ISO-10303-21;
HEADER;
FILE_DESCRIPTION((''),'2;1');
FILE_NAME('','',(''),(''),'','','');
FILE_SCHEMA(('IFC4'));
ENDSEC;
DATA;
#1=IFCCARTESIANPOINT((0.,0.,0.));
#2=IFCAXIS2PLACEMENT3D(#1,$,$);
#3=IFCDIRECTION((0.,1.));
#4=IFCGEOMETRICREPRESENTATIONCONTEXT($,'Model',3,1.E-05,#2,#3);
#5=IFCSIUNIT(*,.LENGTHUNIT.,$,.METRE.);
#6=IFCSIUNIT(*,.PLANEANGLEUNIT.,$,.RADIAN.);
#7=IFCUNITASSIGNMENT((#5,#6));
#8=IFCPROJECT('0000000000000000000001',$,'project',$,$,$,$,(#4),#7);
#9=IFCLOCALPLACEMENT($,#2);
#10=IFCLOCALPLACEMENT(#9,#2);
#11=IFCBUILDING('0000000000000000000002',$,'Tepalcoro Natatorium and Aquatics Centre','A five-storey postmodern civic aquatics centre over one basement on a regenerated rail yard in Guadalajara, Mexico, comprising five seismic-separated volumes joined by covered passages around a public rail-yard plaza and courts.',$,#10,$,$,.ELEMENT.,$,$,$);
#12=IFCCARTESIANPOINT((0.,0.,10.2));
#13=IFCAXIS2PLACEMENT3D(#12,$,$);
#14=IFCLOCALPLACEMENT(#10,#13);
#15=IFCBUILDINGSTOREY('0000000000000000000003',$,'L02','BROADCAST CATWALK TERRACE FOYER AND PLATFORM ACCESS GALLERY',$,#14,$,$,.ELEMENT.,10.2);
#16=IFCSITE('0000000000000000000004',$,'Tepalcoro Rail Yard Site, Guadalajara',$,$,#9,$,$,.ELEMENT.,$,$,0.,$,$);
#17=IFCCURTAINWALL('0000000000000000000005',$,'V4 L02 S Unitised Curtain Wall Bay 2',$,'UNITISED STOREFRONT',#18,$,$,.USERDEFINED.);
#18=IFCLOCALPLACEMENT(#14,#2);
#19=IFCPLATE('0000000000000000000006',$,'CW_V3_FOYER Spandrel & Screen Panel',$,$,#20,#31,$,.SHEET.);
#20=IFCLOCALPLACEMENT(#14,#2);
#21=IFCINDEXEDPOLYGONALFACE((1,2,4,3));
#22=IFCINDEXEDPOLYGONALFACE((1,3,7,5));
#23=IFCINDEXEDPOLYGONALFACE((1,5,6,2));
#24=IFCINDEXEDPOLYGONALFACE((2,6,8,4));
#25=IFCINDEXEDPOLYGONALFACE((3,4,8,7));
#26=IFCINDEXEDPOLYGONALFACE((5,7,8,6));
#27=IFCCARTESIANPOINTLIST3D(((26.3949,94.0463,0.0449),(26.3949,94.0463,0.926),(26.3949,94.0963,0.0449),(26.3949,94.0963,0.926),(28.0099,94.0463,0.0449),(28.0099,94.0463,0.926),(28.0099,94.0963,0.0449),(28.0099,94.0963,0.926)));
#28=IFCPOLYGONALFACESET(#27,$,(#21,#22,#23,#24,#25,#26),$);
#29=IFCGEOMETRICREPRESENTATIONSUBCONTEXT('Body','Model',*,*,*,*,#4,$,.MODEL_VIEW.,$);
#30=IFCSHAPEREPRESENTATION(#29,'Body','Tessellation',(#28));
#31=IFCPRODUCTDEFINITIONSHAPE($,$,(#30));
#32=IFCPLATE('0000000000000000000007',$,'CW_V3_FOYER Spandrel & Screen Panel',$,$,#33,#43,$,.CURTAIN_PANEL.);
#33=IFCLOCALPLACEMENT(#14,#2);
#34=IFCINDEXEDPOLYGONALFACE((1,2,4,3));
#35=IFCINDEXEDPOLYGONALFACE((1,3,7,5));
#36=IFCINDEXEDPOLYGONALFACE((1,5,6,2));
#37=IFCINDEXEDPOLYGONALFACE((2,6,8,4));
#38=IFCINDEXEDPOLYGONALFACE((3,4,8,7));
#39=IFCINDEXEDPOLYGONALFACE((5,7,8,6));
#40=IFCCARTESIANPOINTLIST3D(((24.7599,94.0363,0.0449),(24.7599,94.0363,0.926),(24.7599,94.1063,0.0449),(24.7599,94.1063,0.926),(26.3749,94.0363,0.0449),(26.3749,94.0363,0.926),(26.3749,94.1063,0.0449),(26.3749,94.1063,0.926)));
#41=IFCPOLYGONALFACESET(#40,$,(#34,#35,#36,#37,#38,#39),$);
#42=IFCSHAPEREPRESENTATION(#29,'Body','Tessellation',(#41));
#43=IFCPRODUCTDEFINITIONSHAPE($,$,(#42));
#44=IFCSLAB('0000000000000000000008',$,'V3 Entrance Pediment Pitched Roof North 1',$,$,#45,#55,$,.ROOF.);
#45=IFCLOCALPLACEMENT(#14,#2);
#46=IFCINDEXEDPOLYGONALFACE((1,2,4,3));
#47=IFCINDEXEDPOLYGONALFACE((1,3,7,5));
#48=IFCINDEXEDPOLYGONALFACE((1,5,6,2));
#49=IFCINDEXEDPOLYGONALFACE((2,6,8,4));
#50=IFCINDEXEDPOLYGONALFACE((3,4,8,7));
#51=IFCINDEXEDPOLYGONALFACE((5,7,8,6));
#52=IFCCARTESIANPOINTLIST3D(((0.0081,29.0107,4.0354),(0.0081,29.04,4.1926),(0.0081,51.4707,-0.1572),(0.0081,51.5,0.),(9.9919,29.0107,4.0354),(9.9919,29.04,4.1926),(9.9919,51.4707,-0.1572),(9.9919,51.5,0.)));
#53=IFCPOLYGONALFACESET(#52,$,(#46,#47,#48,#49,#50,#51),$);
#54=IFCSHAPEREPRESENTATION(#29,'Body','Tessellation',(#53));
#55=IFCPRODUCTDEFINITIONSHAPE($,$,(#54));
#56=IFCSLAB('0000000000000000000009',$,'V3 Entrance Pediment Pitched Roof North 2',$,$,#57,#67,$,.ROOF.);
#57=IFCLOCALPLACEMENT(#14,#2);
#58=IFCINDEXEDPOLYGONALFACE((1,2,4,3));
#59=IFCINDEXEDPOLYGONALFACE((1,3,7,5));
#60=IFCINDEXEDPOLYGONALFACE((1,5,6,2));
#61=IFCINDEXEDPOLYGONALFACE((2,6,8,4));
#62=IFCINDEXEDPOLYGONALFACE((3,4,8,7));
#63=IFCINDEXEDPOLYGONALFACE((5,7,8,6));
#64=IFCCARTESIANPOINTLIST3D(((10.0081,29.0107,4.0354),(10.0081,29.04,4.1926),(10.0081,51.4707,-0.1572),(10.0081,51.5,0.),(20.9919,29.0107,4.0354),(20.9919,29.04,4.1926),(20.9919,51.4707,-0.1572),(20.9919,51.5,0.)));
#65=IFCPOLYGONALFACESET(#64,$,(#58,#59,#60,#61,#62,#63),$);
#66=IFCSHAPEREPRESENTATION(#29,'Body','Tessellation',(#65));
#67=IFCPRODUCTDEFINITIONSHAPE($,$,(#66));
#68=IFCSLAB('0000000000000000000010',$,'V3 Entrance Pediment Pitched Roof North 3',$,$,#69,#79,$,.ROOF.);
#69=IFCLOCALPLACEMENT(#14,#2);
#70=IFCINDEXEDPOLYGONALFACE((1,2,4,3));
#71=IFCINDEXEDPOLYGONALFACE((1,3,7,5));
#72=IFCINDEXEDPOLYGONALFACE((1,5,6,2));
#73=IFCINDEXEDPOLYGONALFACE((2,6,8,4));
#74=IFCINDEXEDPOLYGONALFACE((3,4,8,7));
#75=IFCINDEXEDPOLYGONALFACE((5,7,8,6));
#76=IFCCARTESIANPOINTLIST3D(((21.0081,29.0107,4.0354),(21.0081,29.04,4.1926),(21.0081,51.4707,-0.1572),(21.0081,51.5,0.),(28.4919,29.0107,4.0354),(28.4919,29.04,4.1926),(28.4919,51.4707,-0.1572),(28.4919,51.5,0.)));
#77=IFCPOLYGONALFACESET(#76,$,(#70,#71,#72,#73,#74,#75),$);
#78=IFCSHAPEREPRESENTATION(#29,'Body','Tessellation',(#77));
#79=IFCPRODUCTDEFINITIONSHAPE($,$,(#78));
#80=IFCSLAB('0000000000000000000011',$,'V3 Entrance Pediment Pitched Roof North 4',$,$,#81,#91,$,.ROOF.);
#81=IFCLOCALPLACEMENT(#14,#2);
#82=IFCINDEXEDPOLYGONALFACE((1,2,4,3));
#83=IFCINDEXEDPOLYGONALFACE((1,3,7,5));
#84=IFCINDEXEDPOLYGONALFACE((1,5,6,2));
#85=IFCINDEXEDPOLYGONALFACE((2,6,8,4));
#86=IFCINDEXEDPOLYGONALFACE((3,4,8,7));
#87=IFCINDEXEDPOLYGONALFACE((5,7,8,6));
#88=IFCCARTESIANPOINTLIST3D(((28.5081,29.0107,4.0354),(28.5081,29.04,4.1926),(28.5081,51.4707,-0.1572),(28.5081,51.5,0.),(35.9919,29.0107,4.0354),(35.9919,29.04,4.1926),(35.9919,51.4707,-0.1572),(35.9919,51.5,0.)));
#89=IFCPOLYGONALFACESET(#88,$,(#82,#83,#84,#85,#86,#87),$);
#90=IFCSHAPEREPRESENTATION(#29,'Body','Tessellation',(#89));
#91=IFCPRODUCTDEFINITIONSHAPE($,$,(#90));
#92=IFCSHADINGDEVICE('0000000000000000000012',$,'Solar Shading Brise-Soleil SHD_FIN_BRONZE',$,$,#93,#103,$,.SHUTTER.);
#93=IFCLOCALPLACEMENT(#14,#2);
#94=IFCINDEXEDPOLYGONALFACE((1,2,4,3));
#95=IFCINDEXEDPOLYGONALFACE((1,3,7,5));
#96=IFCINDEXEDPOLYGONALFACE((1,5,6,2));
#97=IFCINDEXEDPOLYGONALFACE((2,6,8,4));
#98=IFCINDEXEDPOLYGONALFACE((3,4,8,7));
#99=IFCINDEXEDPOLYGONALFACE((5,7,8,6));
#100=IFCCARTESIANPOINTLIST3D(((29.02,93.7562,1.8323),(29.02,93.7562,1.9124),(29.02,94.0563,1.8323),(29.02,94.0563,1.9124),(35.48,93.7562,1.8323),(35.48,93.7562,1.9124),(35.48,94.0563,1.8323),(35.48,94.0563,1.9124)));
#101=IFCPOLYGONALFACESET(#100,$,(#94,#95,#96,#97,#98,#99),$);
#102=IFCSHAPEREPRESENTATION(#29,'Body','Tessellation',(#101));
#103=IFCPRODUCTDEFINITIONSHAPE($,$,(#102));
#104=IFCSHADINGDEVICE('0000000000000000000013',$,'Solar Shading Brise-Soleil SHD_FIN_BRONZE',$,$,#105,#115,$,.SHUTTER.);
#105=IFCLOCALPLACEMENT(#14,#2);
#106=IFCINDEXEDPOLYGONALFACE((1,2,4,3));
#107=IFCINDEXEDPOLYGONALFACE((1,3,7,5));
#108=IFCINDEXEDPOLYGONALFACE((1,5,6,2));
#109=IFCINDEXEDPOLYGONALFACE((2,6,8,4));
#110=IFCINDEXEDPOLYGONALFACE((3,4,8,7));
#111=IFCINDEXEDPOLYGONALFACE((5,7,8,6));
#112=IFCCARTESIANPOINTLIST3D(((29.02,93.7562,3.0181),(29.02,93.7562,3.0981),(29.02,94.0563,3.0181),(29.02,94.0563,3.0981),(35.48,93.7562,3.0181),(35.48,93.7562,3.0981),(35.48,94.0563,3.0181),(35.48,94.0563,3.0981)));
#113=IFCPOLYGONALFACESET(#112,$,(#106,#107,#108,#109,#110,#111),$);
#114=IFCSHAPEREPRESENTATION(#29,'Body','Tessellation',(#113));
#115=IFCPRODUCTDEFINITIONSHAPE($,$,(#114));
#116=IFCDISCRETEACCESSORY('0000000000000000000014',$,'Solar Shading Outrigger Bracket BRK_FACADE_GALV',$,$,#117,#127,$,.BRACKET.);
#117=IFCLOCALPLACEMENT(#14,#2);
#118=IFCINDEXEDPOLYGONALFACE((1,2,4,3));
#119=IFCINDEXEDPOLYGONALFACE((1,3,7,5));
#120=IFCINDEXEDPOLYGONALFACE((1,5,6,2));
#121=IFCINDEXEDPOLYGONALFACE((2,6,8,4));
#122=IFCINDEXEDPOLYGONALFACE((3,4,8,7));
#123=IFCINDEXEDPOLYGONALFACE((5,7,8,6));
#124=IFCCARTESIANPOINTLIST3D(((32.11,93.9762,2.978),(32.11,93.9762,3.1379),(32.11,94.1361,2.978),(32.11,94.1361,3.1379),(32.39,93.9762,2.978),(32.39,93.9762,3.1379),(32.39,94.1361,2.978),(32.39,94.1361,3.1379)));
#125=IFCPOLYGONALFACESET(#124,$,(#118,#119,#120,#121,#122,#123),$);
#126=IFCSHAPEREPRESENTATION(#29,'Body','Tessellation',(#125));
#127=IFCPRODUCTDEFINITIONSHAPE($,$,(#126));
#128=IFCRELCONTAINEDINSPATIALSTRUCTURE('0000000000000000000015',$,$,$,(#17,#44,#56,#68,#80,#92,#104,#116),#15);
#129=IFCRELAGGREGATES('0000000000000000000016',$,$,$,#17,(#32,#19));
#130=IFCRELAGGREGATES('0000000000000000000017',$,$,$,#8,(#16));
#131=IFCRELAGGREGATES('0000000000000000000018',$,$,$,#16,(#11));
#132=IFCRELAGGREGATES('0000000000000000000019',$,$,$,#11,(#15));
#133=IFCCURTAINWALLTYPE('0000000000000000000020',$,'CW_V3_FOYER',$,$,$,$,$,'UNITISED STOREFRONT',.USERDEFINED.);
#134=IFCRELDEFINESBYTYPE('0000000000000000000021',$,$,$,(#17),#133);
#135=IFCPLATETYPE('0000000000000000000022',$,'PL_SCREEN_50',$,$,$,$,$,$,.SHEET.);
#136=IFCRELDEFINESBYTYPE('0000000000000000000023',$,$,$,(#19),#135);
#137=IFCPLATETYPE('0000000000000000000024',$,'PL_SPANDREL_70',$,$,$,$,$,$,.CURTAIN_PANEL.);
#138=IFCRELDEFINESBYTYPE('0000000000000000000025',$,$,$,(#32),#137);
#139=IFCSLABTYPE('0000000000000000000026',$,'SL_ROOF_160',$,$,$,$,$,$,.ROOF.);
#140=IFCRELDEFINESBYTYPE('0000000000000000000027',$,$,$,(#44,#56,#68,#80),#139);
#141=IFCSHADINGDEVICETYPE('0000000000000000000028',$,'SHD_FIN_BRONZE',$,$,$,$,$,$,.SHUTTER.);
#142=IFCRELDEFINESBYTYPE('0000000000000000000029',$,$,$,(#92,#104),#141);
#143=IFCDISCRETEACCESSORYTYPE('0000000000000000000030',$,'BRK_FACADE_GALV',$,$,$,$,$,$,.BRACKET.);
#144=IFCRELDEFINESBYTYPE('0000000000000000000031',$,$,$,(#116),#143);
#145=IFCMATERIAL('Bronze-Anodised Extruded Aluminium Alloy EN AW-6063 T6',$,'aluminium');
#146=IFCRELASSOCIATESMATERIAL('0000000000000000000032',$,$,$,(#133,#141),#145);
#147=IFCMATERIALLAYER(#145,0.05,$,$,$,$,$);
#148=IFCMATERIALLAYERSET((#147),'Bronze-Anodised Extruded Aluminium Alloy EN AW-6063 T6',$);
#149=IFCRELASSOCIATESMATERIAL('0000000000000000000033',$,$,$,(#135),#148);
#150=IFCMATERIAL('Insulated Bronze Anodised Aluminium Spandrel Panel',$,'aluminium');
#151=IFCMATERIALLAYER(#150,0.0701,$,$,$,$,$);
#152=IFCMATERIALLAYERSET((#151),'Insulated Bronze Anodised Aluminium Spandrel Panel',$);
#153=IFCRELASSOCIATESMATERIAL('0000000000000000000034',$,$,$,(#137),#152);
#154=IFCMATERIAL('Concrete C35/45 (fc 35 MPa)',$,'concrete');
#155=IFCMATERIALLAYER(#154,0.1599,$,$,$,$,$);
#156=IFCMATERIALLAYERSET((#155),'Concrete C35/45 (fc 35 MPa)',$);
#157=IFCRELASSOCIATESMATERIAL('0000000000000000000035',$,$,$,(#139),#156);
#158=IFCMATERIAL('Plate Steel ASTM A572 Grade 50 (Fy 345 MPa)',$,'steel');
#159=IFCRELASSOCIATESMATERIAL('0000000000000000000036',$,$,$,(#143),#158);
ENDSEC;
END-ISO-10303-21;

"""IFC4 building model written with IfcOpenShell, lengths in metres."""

from ifc_helpers import new_model, si_unit, direction, frame, origin, origin_2d, place, context, subcontext, project, spatial, polyline, rectangle, outline, extrude, material, layer, layer_set, type_object, element, aggregate, save


model = new_model("IFC4")

# Units and contexts
model_context = context("Model", 3, precision=1e-05, world=origin(), true_north=direction((0.0, 1.0)))
body_context = subcontext(model_context, "Body", "Model", "MODEL_VIEW")
ifc_project = project(units=[si_unit("LENGTHUNIT", "METRE"), si_unit("PLANEANGLEUNIT", "RADIAN")], contexts=[model_context])

# Site, building, storey
site_placement = place(None, origin())
site = spatial("IfcSite", under=ifc_project, at=site_placement, Name="Tepalcoro Rail Yard Site, Guadalajara", CompositionType="ELEMENT", RefElevation=0.0)
building_placement = place(site_placement, origin())
building = spatial("IfcBuilding", under=site, at=building_placement, Name="Tepalcoro Natatorium and Aquatics Centre", Description="A five-storey postmodern civic aquatics centre over one basement on a regenerated rail yard in Guadalajara, Mexico, comprising five seismic-separated volumes joined by covered passages around a public rail-yard plaza and courts.", CompositionType="ELEMENT")
storey_placement = place(building_placement, frame((0.0, 0.0, 10.2)))
storey = spatial("IfcBuildingStorey", under=building, at=storey_placement, Name="L02", Description="BROADCAST CATWALK TERRACE FOYER AND PLATFORM ACCESS GALLERY", CompositionType="ELEMENT", Elevation=10.2)

# Curtain wall
ifc_material_1 = material(Name="Bronze-Anodised Extruded Aluminium Alloy EN AW-6063 T6", Category="aluminium")
curtain_wall_type = type_object("IfcCurtainWallType", Name="CW_V3_FOYER", ElementType="UNITISED STOREFRONT", PredefinedType="USERDEFINED", material=ifc_material_1)
curtain_wall_placement = place(storey_placement, origin())
curtain_wall = element("IfcCurtainWall", 1, at=curtain_wall_placement, inside=storey, type_object=curtain_wall_type, Name="V4 L02 S Unitised Curtain Wall Bay 2", ObjectType="UNITISED STOREFRONT", PredefinedType="USERDEFINED")

# Plates
ifc_layer_1 = layer(ifc_material_1, 0.05)
ifc_layer_set_1 = layer_set([ifc_layer_1], Name="Bronze-Anodised Extruded Aluminium Alloy EN AW-6063 T6")
plate_type_1 = type_object("IfcPlateType", Name="PL_SCREEN_50", PredefinedType="SHEET", material=ifc_layer_set_1)
plate_1_placement = place(storey_placement, frame((27.2024, 94.0713, 0.0449), z_axis=(0.0, 0.0, 1.0), x_axis=(1.0, 0.0, 0.0)))
plate_1 = element("IfcPlate", 2, at=plate_1_placement, type_object=plate_type_1, Name="CW_V3_FOYER Spandrel & Screen Panel", PredefinedType="SHEET", context=body_context, shape_type="SweptSolid", body=[
    extrude(rectangle(XDim=1.615, YDim=0.05, at=origin_2d()), origin(), (0.0, 0.0, 1.0), 0.8811),
])
ifc_material_2 = material(Name="Insulated Bronze Anodised Aluminium Spandrel Panel", Category="aluminium")
ifc_layer_2 = layer(ifc_material_2, 0.0701)
ifc_layer_set_2 = layer_set([ifc_layer_2], Name="Insulated Bronze Anodised Aluminium Spandrel Panel")
plate_type_2 = type_object("IfcPlateType", Name="PL_SPANDREL_70", PredefinedType="CURTAIN_PANEL", material=ifc_layer_set_2)
plate_2_placement = place(storey_placement, frame((25.5674, 94.0713, 0.0449), z_axis=(0.0, 0.0, 1.0), x_axis=(1.0, 0.0, 0.0)))
plate_2 = element("IfcPlate", 3, at=plate_2_placement, type_object=plate_type_2, Name="CW_V3_FOYER Spandrel & Screen Panel", PredefinedType="CURTAIN_PANEL", context=body_context, shape_type="SweptSolid", body=[
    extrude(rectangle(XDim=1.615, YDim=0.0701, at=origin_2d()), origin(), (0.0, 0.0, 1.0), 0.8811),
])
aggregate(curtain_wall, [plate_2, plate_1])

# Slabs
ifc_material_3 = material(Name="Concrete C35/45 (fc 35 MPa)", Category="concrete")
ifc_layer_3 = layer(ifc_material_3, 0.1599)
ifc_layer_set_3 = layer_set([ifc_layer_3], Name="Concrete C35/45 (fc 35 MPa)")
slab_type = type_object("IfcSlabType", Name="SL_ROOF_160", PredefinedType="ROOF", material=ifc_layer_set_3)
slab_1_placement = place(storey_placement, frame((9.9919, 51.5, 0.0), z_axis=(0.0, 0.183501, 0.983019), x_axis=(-1.0, 0.0, 0.0)))
element("IfcSlab", 4, at=slab_1_placement, inside=storey, type_object=slab_type, Name="V3 Entrance Pediment Pitched Roof North 1", PredefinedType="ROOF", context=body_context, shape_type="SweptSolid", body=[
    extrude(outline(polyline([(0.0, 0.0), (9.9839, 0.0), (9.9839, 22.8479), (0.0, 22.8479), (0.0, 0.0)])), origin(), (0.0, 0.0, -1.0), 0.1599),
])
slab_2_placement = place(storey_placement, frame((20.9919, 51.5, 0.0), z_axis=(0.0, 0.183501, 0.983019), x_axis=(-1.0, 0.0, 0.0)))
element("IfcSlab", 5, at=slab_2_placement, inside=storey, type_object=slab_type, Name="V3 Entrance Pediment Pitched Roof North 2", PredefinedType="ROOF", context=body_context, shape_type="SweptSolid", body=[
    extrude(outline(polyline([(0.0, 0.0), (10.9839, 0.0), (10.9839, 22.8479), (0.0, 22.8479), (0.0, 0.0)])), origin(), (0.0, 0.0, -1.0), 0.1599),
])
for number, where, z_axis, x_axis, name in (
    (6, (28.4919, 51.5, 0.0), (0.0, 0.183501, 0.983019), (-1.0, 0.0, 0.0), "V3 Entrance Pediment Pitched Roof North 3"),
    (7, (35.9919, 51.5, 0.0), (0.0, 0.183501, 0.983019), (-1.0, 0.0, 0.0), "V3 Entrance Pediment Pitched Roof North 4"),
):
    element("IfcSlab", number, at=place(storey_placement, frame(where, z_axis=z_axis, x_axis=x_axis)), inside=storey, type_object=slab_type, Name=name, PredefinedType="ROOF", context=body_context, shape_type="SweptSolid", body=[
        extrude(outline(polyline([(0.0, 0.0), (7.4839, 0.0), (7.4839, 22.8479), (0.0, 22.8479), (0.0, 0.0)])), origin(), (0.0, 0.0, -1.0), 0.1599),
    ])

# Shading devices
shading_device_type = type_object("IfcShadingDeviceType", Name="SHD_FIN_BRONZE", PredefinedType="SHUTTER", material=ifc_material_1)
for number, where, z_axis, x_axis, name in (
    (8, (32.25, 93.9062, 1.8323), (0.0, 0.0, 1.0), (1.0, 0.0, 0.0), "Solar Shading Brise-Soleil SHD_FIN_BRONZE"),
    (9, (32.25, 93.9062, 3.0181), (0.0, 0.0, 1.0), (1.0, 0.0, 0.0), "Solar Shading Brise-Soleil SHD_FIN_BRONZE"),
):
    element("IfcShadingDevice", number, at=place(storey_placement, frame(where, z_axis=z_axis, x_axis=x_axis)), inside=storey, type_object=shading_device_type, Name=name, PredefinedType="SHUTTER", context=body_context, shape_type="SweptSolid", body=[
        extrude(rectangle(XDim=6.46, YDim=0.3, at=origin_2d()), origin(), (0.0, 0.0, 1.0), 0.0801),
    ])

# Discrete accessory
ifc_material_4 = material(Name="Plate Steel ASTM A572 Grade 50 (Fy 345 MPa)", Category="steel")
discrete_accessory_type = type_object("IfcDiscreteAccessoryType", Name="BRK_FACADE_GALV", PredefinedType="BRACKET", material=ifc_material_4)
discrete_accessory_placement = place(storey_placement, frame((32.25, 94.0562, 2.978), z_axis=(0.0, 0.0, 1.0), x_axis=(1.0, 0.0, 0.0)))
element("IfcDiscreteAccessory", 10, at=discrete_accessory_placement, inside=storey, type_object=discrete_accessory_type, Name="Solar Shading Outrigger Bracket BRK_FACADE_GALV", PredefinedType="BRACKET", context=body_context, shape_type="SweptSolid", body=[
    extrude(rectangle(XDim=0.28, YDim=0.1599, at=origin_2d()), origin(), (0.0, 0.0, 1.0), 0.1599),
])

save(model, "model.ifc")
